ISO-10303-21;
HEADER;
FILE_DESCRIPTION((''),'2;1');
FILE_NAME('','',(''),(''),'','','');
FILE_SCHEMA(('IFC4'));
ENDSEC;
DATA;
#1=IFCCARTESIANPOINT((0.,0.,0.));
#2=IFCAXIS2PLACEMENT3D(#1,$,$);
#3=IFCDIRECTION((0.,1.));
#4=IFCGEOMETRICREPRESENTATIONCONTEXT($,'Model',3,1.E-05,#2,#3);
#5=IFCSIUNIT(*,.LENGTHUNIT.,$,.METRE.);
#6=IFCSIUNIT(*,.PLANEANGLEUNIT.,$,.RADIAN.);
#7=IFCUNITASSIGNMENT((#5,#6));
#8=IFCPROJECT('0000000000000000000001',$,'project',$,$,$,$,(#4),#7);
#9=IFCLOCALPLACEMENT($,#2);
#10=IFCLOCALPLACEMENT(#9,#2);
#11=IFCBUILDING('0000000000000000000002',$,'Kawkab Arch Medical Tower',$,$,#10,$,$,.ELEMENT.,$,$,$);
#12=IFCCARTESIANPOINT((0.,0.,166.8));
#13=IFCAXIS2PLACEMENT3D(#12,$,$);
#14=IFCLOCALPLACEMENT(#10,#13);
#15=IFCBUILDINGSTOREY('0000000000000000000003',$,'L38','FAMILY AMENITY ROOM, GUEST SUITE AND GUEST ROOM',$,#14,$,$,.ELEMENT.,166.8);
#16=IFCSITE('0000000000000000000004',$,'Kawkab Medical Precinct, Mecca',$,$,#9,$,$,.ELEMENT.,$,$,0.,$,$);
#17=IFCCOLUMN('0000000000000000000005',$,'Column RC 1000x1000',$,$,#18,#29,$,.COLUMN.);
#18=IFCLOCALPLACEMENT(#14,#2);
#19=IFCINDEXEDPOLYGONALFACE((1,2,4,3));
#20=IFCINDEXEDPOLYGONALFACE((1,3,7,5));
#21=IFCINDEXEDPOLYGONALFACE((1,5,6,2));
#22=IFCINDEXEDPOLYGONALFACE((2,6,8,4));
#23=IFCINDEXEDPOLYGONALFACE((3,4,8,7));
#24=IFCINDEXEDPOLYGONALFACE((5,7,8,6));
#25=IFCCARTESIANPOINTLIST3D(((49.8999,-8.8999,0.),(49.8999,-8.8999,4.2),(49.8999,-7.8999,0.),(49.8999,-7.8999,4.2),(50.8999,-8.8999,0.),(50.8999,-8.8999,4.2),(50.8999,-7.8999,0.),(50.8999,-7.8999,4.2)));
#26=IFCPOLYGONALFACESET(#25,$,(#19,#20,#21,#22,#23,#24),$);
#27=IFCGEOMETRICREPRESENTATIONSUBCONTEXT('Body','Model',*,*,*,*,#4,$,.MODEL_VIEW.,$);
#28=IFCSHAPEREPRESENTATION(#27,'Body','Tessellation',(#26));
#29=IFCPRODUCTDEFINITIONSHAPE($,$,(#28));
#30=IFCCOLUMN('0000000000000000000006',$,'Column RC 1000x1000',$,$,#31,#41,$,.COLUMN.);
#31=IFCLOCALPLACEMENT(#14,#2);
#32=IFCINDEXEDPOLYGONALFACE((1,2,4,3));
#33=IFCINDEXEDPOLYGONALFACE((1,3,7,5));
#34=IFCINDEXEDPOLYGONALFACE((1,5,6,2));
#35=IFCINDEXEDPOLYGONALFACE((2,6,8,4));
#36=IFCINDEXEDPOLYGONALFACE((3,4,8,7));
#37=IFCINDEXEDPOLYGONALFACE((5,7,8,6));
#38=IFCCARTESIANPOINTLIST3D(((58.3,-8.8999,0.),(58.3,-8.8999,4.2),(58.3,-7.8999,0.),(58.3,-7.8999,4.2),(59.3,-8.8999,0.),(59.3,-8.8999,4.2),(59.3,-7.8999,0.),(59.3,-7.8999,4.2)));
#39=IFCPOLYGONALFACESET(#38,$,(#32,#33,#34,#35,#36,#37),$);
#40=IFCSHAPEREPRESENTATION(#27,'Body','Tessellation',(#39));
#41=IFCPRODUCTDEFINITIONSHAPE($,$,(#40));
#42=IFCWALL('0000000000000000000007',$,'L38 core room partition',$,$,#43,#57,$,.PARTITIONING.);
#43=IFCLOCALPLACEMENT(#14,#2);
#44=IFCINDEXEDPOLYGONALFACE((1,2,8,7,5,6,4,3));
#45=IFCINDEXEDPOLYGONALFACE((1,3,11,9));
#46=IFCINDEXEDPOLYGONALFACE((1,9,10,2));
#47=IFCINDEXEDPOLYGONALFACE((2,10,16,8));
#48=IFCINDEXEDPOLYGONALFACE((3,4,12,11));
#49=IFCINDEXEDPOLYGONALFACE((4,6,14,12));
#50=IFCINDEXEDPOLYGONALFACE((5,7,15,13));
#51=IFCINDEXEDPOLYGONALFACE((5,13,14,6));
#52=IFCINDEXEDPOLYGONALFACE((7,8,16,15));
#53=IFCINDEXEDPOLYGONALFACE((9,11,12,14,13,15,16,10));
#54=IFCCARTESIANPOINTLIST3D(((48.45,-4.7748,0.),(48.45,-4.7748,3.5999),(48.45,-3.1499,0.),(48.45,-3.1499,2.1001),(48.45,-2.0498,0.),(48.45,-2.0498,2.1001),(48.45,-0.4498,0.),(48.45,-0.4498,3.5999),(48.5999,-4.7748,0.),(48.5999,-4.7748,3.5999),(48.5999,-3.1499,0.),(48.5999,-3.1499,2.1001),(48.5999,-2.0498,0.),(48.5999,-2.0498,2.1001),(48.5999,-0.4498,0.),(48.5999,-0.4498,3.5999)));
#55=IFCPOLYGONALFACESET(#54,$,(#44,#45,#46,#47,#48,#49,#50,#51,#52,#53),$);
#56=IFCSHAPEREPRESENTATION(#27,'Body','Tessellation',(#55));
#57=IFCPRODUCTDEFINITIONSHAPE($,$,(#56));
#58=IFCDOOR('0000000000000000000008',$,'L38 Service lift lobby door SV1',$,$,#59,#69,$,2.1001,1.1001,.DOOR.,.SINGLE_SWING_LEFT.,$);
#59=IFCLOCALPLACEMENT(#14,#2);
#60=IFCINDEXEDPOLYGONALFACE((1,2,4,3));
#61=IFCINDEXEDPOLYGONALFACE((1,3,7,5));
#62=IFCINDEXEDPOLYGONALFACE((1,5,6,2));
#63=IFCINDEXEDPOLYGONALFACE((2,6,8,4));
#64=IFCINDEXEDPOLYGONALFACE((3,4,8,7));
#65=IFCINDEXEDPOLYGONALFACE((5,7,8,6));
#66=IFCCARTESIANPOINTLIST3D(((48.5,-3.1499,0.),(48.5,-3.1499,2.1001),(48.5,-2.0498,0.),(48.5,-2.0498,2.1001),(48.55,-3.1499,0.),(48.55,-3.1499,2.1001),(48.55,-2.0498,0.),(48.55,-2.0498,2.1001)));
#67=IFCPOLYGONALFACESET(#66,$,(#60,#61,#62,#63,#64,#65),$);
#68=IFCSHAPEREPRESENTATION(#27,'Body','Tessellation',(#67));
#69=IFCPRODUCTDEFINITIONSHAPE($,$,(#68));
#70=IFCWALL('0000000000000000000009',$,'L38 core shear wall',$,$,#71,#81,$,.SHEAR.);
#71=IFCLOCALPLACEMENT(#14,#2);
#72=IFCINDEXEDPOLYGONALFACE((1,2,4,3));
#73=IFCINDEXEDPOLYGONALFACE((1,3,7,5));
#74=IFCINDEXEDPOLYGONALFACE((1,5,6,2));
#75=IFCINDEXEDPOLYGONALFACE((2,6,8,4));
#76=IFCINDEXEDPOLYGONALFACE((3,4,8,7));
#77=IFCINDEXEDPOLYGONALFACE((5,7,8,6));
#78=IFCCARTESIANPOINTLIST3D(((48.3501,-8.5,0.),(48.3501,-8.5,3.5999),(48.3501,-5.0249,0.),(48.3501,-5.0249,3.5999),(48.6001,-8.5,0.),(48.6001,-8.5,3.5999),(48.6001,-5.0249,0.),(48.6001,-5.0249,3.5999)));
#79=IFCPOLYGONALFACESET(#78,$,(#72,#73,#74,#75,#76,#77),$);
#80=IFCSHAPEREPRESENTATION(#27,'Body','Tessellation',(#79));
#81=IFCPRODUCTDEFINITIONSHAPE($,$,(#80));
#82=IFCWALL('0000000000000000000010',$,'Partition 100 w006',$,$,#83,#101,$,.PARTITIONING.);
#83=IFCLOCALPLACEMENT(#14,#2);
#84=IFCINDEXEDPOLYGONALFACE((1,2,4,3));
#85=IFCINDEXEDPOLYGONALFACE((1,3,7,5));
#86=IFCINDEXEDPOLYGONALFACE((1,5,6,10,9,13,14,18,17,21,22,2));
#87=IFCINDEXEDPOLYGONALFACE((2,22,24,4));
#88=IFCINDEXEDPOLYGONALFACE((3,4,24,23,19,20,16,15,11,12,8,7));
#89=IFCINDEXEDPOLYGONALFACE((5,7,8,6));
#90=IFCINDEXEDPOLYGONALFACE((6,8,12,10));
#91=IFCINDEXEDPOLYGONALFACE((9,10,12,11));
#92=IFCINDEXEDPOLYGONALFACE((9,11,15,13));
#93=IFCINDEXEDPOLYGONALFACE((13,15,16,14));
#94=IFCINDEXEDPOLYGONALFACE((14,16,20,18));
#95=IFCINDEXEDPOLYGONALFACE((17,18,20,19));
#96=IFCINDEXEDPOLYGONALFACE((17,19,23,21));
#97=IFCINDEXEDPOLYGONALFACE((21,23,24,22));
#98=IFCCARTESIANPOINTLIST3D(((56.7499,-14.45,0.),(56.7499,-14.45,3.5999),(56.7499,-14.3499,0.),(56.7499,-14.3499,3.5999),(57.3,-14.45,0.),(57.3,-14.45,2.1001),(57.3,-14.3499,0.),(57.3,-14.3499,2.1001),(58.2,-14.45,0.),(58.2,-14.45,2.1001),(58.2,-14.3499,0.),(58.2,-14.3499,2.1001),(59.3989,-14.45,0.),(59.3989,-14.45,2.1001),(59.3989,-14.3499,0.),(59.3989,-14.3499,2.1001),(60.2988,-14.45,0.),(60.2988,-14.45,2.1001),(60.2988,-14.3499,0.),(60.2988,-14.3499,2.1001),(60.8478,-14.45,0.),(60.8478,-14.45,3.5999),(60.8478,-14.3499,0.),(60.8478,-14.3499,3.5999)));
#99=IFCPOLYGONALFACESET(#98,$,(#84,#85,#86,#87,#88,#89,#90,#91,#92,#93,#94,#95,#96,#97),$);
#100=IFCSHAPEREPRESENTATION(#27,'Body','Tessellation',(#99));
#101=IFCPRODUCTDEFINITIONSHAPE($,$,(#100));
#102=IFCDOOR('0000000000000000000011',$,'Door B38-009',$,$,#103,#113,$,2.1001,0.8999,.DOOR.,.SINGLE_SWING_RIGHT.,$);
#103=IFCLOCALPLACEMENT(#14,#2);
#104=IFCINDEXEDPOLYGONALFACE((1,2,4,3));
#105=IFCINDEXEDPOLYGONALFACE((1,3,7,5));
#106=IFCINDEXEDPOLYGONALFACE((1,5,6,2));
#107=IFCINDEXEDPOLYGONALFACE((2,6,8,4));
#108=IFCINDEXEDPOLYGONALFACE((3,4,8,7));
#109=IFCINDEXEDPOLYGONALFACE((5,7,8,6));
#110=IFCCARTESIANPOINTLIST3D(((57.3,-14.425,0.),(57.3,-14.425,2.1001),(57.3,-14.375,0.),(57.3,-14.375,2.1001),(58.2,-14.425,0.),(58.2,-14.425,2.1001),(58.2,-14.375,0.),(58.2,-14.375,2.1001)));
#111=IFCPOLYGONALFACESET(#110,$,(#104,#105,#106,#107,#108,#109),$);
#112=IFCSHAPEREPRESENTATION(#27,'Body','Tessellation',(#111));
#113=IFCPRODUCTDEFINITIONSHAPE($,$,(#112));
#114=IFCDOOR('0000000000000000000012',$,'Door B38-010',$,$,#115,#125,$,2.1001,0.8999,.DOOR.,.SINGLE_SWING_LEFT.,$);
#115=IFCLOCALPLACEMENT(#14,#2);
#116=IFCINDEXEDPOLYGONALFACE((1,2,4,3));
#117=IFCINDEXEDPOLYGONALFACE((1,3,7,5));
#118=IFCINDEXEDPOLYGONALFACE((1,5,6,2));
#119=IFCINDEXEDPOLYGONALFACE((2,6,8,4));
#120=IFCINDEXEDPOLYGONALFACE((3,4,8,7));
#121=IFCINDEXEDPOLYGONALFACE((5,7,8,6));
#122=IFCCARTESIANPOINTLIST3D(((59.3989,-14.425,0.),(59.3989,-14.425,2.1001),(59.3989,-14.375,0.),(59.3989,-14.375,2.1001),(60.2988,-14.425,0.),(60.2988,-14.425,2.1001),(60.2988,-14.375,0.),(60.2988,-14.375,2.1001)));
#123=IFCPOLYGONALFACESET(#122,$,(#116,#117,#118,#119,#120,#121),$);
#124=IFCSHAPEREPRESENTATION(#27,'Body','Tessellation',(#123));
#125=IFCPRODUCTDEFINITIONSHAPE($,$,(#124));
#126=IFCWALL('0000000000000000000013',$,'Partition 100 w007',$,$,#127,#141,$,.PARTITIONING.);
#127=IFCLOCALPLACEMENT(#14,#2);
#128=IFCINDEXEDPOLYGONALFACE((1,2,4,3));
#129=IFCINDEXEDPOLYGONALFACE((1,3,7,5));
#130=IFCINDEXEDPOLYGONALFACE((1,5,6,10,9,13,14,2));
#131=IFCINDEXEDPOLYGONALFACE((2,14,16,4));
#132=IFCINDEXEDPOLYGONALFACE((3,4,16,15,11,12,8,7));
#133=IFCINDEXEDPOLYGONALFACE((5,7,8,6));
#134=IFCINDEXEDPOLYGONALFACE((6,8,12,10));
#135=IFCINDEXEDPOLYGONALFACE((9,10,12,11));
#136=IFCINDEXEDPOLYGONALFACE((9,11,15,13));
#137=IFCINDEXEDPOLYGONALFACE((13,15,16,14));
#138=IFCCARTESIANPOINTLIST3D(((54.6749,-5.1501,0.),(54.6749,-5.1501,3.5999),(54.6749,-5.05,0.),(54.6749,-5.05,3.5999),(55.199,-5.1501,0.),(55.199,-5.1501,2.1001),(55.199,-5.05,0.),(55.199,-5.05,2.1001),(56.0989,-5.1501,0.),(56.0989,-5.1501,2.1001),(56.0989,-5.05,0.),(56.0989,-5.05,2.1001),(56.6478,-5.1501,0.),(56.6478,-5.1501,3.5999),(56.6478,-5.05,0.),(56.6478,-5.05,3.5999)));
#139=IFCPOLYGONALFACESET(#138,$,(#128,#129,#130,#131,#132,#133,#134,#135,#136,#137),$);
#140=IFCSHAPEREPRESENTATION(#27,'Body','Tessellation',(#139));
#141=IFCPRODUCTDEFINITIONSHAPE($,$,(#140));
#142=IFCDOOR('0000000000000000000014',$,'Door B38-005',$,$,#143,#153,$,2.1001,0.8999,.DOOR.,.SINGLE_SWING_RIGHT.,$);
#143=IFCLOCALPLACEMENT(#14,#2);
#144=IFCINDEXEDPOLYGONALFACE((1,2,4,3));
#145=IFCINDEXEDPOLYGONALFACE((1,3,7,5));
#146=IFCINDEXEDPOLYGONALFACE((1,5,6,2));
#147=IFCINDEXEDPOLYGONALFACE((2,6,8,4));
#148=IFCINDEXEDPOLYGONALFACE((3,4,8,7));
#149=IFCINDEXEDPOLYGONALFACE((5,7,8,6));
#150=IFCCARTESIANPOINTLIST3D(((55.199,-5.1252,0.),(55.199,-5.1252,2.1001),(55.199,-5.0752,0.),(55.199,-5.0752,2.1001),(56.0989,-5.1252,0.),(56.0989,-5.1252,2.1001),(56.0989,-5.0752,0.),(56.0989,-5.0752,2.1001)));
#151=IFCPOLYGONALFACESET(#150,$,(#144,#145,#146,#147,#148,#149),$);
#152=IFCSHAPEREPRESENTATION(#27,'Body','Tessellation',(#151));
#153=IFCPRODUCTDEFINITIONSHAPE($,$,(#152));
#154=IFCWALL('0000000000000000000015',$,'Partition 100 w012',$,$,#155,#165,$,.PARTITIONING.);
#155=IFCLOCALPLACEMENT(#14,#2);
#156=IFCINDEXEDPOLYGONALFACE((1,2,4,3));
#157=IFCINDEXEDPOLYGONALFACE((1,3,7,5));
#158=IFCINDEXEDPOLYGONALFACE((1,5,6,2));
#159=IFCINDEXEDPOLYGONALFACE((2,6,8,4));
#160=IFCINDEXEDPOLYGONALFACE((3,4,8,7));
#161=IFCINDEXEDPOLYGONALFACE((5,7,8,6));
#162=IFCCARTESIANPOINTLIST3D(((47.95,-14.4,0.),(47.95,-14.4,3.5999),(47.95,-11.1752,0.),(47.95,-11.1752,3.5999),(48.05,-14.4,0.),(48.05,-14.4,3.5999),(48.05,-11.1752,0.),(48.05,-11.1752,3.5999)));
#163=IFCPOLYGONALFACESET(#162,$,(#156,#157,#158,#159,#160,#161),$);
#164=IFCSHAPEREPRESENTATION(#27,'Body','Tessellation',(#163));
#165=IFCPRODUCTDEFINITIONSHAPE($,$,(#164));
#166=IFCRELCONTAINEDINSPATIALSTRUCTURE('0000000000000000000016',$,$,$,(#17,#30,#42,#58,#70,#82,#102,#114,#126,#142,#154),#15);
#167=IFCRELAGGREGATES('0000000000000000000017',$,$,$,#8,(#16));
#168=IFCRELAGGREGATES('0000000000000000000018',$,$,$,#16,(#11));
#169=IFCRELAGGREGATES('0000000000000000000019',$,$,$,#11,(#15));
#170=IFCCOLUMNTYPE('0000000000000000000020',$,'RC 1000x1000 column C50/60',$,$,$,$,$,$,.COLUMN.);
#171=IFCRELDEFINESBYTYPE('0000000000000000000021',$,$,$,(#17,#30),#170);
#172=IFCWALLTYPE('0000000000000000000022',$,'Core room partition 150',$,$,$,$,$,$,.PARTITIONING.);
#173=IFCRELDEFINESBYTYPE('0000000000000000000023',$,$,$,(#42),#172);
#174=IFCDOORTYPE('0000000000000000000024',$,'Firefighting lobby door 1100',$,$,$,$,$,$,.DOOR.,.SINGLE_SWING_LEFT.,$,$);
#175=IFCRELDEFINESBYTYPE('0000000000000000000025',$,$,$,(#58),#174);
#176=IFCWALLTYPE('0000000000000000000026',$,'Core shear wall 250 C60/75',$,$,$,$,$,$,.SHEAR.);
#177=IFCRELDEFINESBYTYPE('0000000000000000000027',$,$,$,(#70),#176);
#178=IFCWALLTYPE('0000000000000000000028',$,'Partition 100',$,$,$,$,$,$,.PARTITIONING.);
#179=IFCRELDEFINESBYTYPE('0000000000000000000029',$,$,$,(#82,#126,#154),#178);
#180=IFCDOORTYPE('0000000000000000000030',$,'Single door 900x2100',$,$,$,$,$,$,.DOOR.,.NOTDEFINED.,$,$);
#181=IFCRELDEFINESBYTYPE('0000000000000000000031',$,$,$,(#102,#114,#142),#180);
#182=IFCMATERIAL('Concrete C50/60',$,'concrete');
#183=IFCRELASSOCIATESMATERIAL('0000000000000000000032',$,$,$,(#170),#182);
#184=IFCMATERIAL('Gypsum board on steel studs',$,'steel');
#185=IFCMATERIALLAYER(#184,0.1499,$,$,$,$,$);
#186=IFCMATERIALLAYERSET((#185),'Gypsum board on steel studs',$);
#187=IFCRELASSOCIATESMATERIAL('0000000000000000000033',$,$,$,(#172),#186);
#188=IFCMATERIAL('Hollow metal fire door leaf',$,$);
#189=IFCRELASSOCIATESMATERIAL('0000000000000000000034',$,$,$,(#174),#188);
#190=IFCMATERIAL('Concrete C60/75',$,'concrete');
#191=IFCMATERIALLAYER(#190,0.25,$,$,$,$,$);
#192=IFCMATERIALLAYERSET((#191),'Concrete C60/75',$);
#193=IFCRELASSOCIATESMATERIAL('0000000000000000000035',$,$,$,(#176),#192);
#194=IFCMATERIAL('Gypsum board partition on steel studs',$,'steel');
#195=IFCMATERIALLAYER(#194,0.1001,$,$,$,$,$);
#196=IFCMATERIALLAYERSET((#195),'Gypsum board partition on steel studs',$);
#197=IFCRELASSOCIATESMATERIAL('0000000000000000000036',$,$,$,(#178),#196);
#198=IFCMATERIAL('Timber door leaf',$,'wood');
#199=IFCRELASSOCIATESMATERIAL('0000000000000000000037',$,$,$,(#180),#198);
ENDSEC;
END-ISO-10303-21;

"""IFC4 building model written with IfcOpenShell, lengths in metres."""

from ifc_helpers import new_model, si_unit, direction, frame, frame_2d, origin, origin_2d, place, context, subcontext, project, spatial, rectangle, extrude, material, layer, layer_set, material_profile, profile_set, type_object, element, fill, save


model = new_model("IFC4")

# Units and contexts
model_context = context("Model", 3, precision=1e-05, world=origin(), true_north=direction((0.0, 1.0)))
body_context = subcontext(model_context, "Body", "Model", "MODEL_VIEW")
ifc_project = project(units=[si_unit("LENGTHUNIT", "METRE"), si_unit("PLANEANGLEUNIT", "RADIAN")], contexts=[model_context])

# Site, building, storey
site_placement = place(None, origin())
site = spatial("IfcSite", under=ifc_project, at=site_placement, Name="Kawkab Medical Precinct, Mecca", CompositionType="ELEMENT", RefElevation=0.0)
building_placement = place(site_placement, origin())
building = spatial("IfcBuilding", under=site, at=building_placement, Name="Kawkab Arch Medical Tower", CompositionType="ELEMENT")
storey_placement = place(building_placement, frame((0.0, 0.0, 166.8)))
storey = spatial("IfcBuildingStorey", under=building, at=storey_placement, Name="L38", Description="FAMILY AMENITY ROOM, GUEST SUITE AND GUEST ROOM", CompositionType="ELEMENT", Elevation=166.8)

# Columns
ifc_material_1 = material(Name="Concrete C50/60", Category="concrete")
ifc_material_profile = material_profile(ifc_material_1, rectangle(XDim=1.0, YDim=1.0, at=origin_2d()), Name="RC 1000x1000")
ifc_profile_set = profile_set([ifc_material_profile], Name="Concrete C50/60")
column_type = type_object("IfcColumnType", Name="RC 1000x1000 column C50/60", PredefinedType="COLUMN", material=ifc_profile_set)
for number, where, z_axis, x_axis, name in (
    (1, (50.3999, -8.3999, 0.0), (0.0, 0.0, 1.0), (1.0, 0.0, 0.0), "Column RC 1000x1000"),
    (2, (58.8, -8.3999, 0.0), (0.0, 0.0, 1.0), (1.0, 0.0, 0.0), "Column RC 1000x1000"),
):
    element("IfcColumn", number, at=place(storey_placement, frame(where, z_axis=z_axis, x_axis=x_axis)), inside=storey, type_object=column_type, Name=name, PredefinedType="COLUMN", context=body_context, shape_type="SweptSolid", body=[
        extrude(rectangle(XDim=1.0, YDim=1.0, at=origin_2d()), origin(), (0.0, 0.0, 1.0), 4.2),
    ])

# Wall, opening, door
ifc_material_2 = material(Name="Gypsum board on steel studs", Category="steel")
ifc_layer_1 = layer(ifc_material_2, 0.1499)
ifc_layer_set_1 = layer_set([ifc_layer_1], Name="Gypsum board on steel studs")
wall_type_1 = type_object("IfcWallType", Name="Core room partition 150", PredefinedType="PARTITIONING", material=ifc_layer_set_1)
wall_1_placement = place(storey_placement, frame((48.5249, -4.7749, 0.0), z_axis=(0.0, 0.0, 1.0), x_axis=(0.0, 1.0, 0.0)))
wall_1 = element("IfcWall", 3, at=wall_1_placement, inside=storey, type_object=wall_type_1, Name="L38 core room partition", PredefinedType="PARTITIONING", context=body_context, shape_type="SweptSolid", body=[
    extrude(rectangle(XDim=4.325, YDim=0.1499, at=frame_2d((2.1626, 0.0))), origin(), (0.0, 0.0, 1.0), 3.5999),
])
opening_1_placement = place(wall_1_placement, frame((1.625, 0.0, 0.0)))
opening_1 = element("IfcOpeningElement", 4, at=opening_1_placement, cuts=wall_1, PredefinedType="OPENING", context=body_context, shape_type="SweptSolid", body=[
    extrude(rectangle(XDim=1.1001, YDim=2.1001, at=frame_2d((0.55, 1.05))), frame((0.0, 0.085, 0.0), z_axis=(0.0, -1.0, 0.0), x_axis=(1.0, 0.0, 0.0)), (0.0, 0.0, 1.0), 0.1699),
])
ifc_material_3 = material(Name="Hollow metal fire door leaf")
door_type_1 = type_object("IfcDoorType", Name="Firefighting lobby door 1100", OperationType="SINGLE_SWING_LEFT", PredefinedType="DOOR", material=ifc_material_3)
door_1_placement = place(opening_1_placement, origin())
door_1 = element("IfcDoor", 5, at=door_1_placement, inside=storey, type_object=door_type_1, Name="L38 Service lift lobby door SV1", OperationType="SINGLE_SWING_LEFT", OverallHeight=2.1001, OverallWidth=1.1001, PredefinedType="DOOR", context=body_context, shape_type="SweptSolid", body=[
    extrude(rectangle(XDim=1.1001, YDim=2.1001, at=frame_2d((0.55, 1.05))), frame((0.0, 0.0249, 0.0), z_axis=(0.0, -1.0, 0.0), x_axis=(1.0, 0.0, 0.0)), (0.0, 0.0, 1.0), 0.05),
])
fill(opening_1, door_1)

# Wall
ifc_material_4 = material(Name="Concrete C60/75", Category="concrete")
ifc_layer_2 = layer(ifc_material_4, 0.25)
ifc_layer_set_2 = layer_set([ifc_layer_2], Name="Concrete C60/75")
wall_type_2 = type_object("IfcWallType", Name="Core shear wall 250 C60/75", PredefinedType="SHEAR", material=ifc_layer_set_2)
wall_2_placement = place(storey_placement, frame((48.4751, -8.5, 0.0), z_axis=(0.0, 0.0, 1.0), x_axis=(0.0, 1.0, 0.0)))
element("IfcWall", 6, at=wall_2_placement, inside=storey, type_object=wall_type_2, Name="L38 core shear wall", PredefinedType="SHEAR", context=body_context, shape_type="SweptSolid", body=[
    extrude(rectangle(XDim=3.4751, YDim=0.25, at=frame_2d((1.7375, 0.0))), origin(), (0.0, 0.0, 1.0), 3.5999),
])

# Wall, openings, doors
ifc_material_5 = material(Name="Gypsum board partition on steel studs", Category="steel")
ifc_layer_3 = layer(ifc_material_5, 0.1001)
ifc_layer_set_3 = layer_set([ifc_layer_3], Name="Gypsum board partition on steel studs")
wall_type_3 = type_object("IfcWallType", Name="Partition 100", PredefinedType="PARTITIONING", material=ifc_layer_set_3)
wall_3_placement = place(storey_placement, frame((56.75, -14.3999, 0.0), z_axis=(0.0, 0.0, 1.0), x_axis=(1.0, 0.0, 0.0)))
wall_3 = element("IfcWall", 7, at=wall_3_placement, inside=storey, type_object=wall_type_3, Name="Partition 100 w006", PredefinedType="PARTITIONING", context=body_context, shape_type="SweptSolid", body=[
    extrude(rectangle(XDim=4.0979, YDim=0.1001, at=frame_2d((2.0488, 0.0))), origin(), (0.0, 0.0, 1.0), 3.5999),
])
opening_2_placement = place(wall_3_placement, frame((0.55, 0.0, 0.0)))
opening_2 = element("IfcOpeningElement", 8, at=opening_2_placement, cuts=wall_3, PredefinedType="OPENING", context=body_context, shape_type="SweptSolid", body=[
    extrude(rectangle(XDim=0.8999, YDim=2.1001, at=frame_2d((0.45, 1.05))), frame((0.0, 0.0601, 0.0), z_axis=(0.0, -1.0, 0.0), x_axis=(1.0, 0.0, 0.0)), (0.0, 0.0, 1.0), 0.1201),
])
opening_3_placement = place(wall_3_placement, frame((2.6489, 0.0, 0.0)))
opening_3 = element("IfcOpeningElement", 9, at=opening_3_placement, cuts=wall_3, PredefinedType="OPENING", context=body_context, shape_type="SweptSolid", body=[
    extrude(rectangle(XDim=0.8999, YDim=2.1001, at=frame_2d((0.45, 1.05))), frame((0.0, 0.0601, 0.0), z_axis=(0.0, -1.0, 0.0), x_axis=(1.0, 0.0, 0.0)), (0.0, 0.0, 1.0), 0.1201),
])
ifc_material_6 = material(Name="Timber door leaf", Category="wood")
door_type_2 = type_object("IfcDoorType", Name="Single door 900x2100", OperationType="NOTDEFINED", PredefinedType="DOOR", material=ifc_material_6)
door_2_placement = place(opening_2_placement, origin())
door_2 = element("IfcDoor", 10, at=door_2_placement, inside=storey, type_object=door_type_2, Name="Door B38-009", OperationType="SINGLE_SWING_RIGHT", OverallHeight=2.1001, OverallWidth=0.8999, PredefinedType="DOOR", context=body_context, shape_type="SweptSolid", body=[
    extrude(rectangle(XDim=0.8999, YDim=2.1001, at=frame_2d((0.45, 1.05))), frame((0.0, 0.0249, 0.0), z_axis=(0.0, -1.0, 0.0), x_axis=(1.0, 0.0, 0.0)), (0.0, 0.0, 1.0), 0.05),
])
fill(opening_2, door_2)
door_3_placement = place(opening_3_placement, origin())
door_3 = element("IfcDoor", 11, at=door_3_placement, inside=storey, type_object=door_type_2, Name="Door B38-010", OperationType="SINGLE_SWING_LEFT", OverallHeight=2.1001, OverallWidth=0.8999, PredefinedType="DOOR", context=body_context, shape_type="SweptSolid", body=[
    extrude(rectangle(XDim=0.8999, YDim=2.1001, at=frame_2d((0.45, 1.05))), frame((0.0, 0.0249, 0.0), z_axis=(0.0, -1.0, 0.0), x_axis=(1.0, 0.0, 0.0)), (0.0, 0.0, 1.0), 0.05),
])
fill(opening_3, door_3)

# Wall, opening, door
wall_4_placement = place(storey_placement, frame((54.675, -5.1001, 0.0), z_axis=(0.0, 0.0, 1.0), x_axis=(1.0, 0.0, 0.0)))
wall_4 = element("IfcWall", 12, at=wall_4_placement, inside=storey, type_object=wall_type_3, Name="Partition 100 w007", PredefinedType="PARTITIONING", context=body_context, shape_type="SweptSolid", body=[
    extrude(rectangle(XDim=1.9729, YDim=0.1001, at=frame_2d((0.9863, 0.0))), origin(), (0.0, 0.0, 1.0), 3.5999),
])
opening_4_placement = place(wall_4_placement, frame((0.5239, 0.0, 0.0)))
opening_4 = element("IfcOpeningElement", 13, at=opening_4_placement, cuts=wall_4, PredefinedType="OPENING", context=body_context, shape_type="SweptSolid", body=[
    extrude(rectangle(XDim=0.8999, YDim=2.1001, at=frame_2d((0.45, 1.05))), frame((0.0, 0.0601, 0.0), z_axis=(0.0, -1.0, 0.0), x_axis=(1.0, 0.0, 0.0)), (0.0, 0.0, 1.0), 0.1201),
])
door_4_placement = place(opening_4_placement, origin())
door_4 = element("IfcDoor", 14, at=door_4_placement, inside=storey, type_object=door_type_2, Name="Door B38-005", OperationType="SINGLE_SWING_RIGHT", OverallHeight=2.1001, OverallWidth=0.8999, PredefinedType="DOOR", context=body_context, shape_type="SweptSolid", body=[
    extrude(rectangle(XDim=0.8999, YDim=2.1001, at=frame_2d((0.45, 1.05))), frame((0.0, 0.0249, 0.0), z_axis=(0.0, -1.0, 0.0), x_axis=(1.0, 0.0, 0.0)), (0.0, 0.0, 1.0), 0.05),
])
fill(opening_4, door_4)

# Wall
for number, where, z_axis, x_axis, name in (
    (15, (48.0, -14.3999, 0.0), (0.0, 0.0, 1.0), (0.0, 1.0, 0.0), "Partition 100 w012"),
):
    element("IfcWall", number, at=place(storey_placement, frame(where, z_axis=z_axis, x_axis=x_axis)), inside=storey, type_object=wall_type_3, Name=name, PredefinedType="PARTITIONING", context=body_context, shape_type="SweptSolid", body=[
        extrude(rectangle(XDim=3.2249, YDim=0.1001, at=frame_2d((1.6123, 0.0))), origin(), (0.0, 0.0, 1.0), 3.5999),
    ])

save(model, "model.ifc")
